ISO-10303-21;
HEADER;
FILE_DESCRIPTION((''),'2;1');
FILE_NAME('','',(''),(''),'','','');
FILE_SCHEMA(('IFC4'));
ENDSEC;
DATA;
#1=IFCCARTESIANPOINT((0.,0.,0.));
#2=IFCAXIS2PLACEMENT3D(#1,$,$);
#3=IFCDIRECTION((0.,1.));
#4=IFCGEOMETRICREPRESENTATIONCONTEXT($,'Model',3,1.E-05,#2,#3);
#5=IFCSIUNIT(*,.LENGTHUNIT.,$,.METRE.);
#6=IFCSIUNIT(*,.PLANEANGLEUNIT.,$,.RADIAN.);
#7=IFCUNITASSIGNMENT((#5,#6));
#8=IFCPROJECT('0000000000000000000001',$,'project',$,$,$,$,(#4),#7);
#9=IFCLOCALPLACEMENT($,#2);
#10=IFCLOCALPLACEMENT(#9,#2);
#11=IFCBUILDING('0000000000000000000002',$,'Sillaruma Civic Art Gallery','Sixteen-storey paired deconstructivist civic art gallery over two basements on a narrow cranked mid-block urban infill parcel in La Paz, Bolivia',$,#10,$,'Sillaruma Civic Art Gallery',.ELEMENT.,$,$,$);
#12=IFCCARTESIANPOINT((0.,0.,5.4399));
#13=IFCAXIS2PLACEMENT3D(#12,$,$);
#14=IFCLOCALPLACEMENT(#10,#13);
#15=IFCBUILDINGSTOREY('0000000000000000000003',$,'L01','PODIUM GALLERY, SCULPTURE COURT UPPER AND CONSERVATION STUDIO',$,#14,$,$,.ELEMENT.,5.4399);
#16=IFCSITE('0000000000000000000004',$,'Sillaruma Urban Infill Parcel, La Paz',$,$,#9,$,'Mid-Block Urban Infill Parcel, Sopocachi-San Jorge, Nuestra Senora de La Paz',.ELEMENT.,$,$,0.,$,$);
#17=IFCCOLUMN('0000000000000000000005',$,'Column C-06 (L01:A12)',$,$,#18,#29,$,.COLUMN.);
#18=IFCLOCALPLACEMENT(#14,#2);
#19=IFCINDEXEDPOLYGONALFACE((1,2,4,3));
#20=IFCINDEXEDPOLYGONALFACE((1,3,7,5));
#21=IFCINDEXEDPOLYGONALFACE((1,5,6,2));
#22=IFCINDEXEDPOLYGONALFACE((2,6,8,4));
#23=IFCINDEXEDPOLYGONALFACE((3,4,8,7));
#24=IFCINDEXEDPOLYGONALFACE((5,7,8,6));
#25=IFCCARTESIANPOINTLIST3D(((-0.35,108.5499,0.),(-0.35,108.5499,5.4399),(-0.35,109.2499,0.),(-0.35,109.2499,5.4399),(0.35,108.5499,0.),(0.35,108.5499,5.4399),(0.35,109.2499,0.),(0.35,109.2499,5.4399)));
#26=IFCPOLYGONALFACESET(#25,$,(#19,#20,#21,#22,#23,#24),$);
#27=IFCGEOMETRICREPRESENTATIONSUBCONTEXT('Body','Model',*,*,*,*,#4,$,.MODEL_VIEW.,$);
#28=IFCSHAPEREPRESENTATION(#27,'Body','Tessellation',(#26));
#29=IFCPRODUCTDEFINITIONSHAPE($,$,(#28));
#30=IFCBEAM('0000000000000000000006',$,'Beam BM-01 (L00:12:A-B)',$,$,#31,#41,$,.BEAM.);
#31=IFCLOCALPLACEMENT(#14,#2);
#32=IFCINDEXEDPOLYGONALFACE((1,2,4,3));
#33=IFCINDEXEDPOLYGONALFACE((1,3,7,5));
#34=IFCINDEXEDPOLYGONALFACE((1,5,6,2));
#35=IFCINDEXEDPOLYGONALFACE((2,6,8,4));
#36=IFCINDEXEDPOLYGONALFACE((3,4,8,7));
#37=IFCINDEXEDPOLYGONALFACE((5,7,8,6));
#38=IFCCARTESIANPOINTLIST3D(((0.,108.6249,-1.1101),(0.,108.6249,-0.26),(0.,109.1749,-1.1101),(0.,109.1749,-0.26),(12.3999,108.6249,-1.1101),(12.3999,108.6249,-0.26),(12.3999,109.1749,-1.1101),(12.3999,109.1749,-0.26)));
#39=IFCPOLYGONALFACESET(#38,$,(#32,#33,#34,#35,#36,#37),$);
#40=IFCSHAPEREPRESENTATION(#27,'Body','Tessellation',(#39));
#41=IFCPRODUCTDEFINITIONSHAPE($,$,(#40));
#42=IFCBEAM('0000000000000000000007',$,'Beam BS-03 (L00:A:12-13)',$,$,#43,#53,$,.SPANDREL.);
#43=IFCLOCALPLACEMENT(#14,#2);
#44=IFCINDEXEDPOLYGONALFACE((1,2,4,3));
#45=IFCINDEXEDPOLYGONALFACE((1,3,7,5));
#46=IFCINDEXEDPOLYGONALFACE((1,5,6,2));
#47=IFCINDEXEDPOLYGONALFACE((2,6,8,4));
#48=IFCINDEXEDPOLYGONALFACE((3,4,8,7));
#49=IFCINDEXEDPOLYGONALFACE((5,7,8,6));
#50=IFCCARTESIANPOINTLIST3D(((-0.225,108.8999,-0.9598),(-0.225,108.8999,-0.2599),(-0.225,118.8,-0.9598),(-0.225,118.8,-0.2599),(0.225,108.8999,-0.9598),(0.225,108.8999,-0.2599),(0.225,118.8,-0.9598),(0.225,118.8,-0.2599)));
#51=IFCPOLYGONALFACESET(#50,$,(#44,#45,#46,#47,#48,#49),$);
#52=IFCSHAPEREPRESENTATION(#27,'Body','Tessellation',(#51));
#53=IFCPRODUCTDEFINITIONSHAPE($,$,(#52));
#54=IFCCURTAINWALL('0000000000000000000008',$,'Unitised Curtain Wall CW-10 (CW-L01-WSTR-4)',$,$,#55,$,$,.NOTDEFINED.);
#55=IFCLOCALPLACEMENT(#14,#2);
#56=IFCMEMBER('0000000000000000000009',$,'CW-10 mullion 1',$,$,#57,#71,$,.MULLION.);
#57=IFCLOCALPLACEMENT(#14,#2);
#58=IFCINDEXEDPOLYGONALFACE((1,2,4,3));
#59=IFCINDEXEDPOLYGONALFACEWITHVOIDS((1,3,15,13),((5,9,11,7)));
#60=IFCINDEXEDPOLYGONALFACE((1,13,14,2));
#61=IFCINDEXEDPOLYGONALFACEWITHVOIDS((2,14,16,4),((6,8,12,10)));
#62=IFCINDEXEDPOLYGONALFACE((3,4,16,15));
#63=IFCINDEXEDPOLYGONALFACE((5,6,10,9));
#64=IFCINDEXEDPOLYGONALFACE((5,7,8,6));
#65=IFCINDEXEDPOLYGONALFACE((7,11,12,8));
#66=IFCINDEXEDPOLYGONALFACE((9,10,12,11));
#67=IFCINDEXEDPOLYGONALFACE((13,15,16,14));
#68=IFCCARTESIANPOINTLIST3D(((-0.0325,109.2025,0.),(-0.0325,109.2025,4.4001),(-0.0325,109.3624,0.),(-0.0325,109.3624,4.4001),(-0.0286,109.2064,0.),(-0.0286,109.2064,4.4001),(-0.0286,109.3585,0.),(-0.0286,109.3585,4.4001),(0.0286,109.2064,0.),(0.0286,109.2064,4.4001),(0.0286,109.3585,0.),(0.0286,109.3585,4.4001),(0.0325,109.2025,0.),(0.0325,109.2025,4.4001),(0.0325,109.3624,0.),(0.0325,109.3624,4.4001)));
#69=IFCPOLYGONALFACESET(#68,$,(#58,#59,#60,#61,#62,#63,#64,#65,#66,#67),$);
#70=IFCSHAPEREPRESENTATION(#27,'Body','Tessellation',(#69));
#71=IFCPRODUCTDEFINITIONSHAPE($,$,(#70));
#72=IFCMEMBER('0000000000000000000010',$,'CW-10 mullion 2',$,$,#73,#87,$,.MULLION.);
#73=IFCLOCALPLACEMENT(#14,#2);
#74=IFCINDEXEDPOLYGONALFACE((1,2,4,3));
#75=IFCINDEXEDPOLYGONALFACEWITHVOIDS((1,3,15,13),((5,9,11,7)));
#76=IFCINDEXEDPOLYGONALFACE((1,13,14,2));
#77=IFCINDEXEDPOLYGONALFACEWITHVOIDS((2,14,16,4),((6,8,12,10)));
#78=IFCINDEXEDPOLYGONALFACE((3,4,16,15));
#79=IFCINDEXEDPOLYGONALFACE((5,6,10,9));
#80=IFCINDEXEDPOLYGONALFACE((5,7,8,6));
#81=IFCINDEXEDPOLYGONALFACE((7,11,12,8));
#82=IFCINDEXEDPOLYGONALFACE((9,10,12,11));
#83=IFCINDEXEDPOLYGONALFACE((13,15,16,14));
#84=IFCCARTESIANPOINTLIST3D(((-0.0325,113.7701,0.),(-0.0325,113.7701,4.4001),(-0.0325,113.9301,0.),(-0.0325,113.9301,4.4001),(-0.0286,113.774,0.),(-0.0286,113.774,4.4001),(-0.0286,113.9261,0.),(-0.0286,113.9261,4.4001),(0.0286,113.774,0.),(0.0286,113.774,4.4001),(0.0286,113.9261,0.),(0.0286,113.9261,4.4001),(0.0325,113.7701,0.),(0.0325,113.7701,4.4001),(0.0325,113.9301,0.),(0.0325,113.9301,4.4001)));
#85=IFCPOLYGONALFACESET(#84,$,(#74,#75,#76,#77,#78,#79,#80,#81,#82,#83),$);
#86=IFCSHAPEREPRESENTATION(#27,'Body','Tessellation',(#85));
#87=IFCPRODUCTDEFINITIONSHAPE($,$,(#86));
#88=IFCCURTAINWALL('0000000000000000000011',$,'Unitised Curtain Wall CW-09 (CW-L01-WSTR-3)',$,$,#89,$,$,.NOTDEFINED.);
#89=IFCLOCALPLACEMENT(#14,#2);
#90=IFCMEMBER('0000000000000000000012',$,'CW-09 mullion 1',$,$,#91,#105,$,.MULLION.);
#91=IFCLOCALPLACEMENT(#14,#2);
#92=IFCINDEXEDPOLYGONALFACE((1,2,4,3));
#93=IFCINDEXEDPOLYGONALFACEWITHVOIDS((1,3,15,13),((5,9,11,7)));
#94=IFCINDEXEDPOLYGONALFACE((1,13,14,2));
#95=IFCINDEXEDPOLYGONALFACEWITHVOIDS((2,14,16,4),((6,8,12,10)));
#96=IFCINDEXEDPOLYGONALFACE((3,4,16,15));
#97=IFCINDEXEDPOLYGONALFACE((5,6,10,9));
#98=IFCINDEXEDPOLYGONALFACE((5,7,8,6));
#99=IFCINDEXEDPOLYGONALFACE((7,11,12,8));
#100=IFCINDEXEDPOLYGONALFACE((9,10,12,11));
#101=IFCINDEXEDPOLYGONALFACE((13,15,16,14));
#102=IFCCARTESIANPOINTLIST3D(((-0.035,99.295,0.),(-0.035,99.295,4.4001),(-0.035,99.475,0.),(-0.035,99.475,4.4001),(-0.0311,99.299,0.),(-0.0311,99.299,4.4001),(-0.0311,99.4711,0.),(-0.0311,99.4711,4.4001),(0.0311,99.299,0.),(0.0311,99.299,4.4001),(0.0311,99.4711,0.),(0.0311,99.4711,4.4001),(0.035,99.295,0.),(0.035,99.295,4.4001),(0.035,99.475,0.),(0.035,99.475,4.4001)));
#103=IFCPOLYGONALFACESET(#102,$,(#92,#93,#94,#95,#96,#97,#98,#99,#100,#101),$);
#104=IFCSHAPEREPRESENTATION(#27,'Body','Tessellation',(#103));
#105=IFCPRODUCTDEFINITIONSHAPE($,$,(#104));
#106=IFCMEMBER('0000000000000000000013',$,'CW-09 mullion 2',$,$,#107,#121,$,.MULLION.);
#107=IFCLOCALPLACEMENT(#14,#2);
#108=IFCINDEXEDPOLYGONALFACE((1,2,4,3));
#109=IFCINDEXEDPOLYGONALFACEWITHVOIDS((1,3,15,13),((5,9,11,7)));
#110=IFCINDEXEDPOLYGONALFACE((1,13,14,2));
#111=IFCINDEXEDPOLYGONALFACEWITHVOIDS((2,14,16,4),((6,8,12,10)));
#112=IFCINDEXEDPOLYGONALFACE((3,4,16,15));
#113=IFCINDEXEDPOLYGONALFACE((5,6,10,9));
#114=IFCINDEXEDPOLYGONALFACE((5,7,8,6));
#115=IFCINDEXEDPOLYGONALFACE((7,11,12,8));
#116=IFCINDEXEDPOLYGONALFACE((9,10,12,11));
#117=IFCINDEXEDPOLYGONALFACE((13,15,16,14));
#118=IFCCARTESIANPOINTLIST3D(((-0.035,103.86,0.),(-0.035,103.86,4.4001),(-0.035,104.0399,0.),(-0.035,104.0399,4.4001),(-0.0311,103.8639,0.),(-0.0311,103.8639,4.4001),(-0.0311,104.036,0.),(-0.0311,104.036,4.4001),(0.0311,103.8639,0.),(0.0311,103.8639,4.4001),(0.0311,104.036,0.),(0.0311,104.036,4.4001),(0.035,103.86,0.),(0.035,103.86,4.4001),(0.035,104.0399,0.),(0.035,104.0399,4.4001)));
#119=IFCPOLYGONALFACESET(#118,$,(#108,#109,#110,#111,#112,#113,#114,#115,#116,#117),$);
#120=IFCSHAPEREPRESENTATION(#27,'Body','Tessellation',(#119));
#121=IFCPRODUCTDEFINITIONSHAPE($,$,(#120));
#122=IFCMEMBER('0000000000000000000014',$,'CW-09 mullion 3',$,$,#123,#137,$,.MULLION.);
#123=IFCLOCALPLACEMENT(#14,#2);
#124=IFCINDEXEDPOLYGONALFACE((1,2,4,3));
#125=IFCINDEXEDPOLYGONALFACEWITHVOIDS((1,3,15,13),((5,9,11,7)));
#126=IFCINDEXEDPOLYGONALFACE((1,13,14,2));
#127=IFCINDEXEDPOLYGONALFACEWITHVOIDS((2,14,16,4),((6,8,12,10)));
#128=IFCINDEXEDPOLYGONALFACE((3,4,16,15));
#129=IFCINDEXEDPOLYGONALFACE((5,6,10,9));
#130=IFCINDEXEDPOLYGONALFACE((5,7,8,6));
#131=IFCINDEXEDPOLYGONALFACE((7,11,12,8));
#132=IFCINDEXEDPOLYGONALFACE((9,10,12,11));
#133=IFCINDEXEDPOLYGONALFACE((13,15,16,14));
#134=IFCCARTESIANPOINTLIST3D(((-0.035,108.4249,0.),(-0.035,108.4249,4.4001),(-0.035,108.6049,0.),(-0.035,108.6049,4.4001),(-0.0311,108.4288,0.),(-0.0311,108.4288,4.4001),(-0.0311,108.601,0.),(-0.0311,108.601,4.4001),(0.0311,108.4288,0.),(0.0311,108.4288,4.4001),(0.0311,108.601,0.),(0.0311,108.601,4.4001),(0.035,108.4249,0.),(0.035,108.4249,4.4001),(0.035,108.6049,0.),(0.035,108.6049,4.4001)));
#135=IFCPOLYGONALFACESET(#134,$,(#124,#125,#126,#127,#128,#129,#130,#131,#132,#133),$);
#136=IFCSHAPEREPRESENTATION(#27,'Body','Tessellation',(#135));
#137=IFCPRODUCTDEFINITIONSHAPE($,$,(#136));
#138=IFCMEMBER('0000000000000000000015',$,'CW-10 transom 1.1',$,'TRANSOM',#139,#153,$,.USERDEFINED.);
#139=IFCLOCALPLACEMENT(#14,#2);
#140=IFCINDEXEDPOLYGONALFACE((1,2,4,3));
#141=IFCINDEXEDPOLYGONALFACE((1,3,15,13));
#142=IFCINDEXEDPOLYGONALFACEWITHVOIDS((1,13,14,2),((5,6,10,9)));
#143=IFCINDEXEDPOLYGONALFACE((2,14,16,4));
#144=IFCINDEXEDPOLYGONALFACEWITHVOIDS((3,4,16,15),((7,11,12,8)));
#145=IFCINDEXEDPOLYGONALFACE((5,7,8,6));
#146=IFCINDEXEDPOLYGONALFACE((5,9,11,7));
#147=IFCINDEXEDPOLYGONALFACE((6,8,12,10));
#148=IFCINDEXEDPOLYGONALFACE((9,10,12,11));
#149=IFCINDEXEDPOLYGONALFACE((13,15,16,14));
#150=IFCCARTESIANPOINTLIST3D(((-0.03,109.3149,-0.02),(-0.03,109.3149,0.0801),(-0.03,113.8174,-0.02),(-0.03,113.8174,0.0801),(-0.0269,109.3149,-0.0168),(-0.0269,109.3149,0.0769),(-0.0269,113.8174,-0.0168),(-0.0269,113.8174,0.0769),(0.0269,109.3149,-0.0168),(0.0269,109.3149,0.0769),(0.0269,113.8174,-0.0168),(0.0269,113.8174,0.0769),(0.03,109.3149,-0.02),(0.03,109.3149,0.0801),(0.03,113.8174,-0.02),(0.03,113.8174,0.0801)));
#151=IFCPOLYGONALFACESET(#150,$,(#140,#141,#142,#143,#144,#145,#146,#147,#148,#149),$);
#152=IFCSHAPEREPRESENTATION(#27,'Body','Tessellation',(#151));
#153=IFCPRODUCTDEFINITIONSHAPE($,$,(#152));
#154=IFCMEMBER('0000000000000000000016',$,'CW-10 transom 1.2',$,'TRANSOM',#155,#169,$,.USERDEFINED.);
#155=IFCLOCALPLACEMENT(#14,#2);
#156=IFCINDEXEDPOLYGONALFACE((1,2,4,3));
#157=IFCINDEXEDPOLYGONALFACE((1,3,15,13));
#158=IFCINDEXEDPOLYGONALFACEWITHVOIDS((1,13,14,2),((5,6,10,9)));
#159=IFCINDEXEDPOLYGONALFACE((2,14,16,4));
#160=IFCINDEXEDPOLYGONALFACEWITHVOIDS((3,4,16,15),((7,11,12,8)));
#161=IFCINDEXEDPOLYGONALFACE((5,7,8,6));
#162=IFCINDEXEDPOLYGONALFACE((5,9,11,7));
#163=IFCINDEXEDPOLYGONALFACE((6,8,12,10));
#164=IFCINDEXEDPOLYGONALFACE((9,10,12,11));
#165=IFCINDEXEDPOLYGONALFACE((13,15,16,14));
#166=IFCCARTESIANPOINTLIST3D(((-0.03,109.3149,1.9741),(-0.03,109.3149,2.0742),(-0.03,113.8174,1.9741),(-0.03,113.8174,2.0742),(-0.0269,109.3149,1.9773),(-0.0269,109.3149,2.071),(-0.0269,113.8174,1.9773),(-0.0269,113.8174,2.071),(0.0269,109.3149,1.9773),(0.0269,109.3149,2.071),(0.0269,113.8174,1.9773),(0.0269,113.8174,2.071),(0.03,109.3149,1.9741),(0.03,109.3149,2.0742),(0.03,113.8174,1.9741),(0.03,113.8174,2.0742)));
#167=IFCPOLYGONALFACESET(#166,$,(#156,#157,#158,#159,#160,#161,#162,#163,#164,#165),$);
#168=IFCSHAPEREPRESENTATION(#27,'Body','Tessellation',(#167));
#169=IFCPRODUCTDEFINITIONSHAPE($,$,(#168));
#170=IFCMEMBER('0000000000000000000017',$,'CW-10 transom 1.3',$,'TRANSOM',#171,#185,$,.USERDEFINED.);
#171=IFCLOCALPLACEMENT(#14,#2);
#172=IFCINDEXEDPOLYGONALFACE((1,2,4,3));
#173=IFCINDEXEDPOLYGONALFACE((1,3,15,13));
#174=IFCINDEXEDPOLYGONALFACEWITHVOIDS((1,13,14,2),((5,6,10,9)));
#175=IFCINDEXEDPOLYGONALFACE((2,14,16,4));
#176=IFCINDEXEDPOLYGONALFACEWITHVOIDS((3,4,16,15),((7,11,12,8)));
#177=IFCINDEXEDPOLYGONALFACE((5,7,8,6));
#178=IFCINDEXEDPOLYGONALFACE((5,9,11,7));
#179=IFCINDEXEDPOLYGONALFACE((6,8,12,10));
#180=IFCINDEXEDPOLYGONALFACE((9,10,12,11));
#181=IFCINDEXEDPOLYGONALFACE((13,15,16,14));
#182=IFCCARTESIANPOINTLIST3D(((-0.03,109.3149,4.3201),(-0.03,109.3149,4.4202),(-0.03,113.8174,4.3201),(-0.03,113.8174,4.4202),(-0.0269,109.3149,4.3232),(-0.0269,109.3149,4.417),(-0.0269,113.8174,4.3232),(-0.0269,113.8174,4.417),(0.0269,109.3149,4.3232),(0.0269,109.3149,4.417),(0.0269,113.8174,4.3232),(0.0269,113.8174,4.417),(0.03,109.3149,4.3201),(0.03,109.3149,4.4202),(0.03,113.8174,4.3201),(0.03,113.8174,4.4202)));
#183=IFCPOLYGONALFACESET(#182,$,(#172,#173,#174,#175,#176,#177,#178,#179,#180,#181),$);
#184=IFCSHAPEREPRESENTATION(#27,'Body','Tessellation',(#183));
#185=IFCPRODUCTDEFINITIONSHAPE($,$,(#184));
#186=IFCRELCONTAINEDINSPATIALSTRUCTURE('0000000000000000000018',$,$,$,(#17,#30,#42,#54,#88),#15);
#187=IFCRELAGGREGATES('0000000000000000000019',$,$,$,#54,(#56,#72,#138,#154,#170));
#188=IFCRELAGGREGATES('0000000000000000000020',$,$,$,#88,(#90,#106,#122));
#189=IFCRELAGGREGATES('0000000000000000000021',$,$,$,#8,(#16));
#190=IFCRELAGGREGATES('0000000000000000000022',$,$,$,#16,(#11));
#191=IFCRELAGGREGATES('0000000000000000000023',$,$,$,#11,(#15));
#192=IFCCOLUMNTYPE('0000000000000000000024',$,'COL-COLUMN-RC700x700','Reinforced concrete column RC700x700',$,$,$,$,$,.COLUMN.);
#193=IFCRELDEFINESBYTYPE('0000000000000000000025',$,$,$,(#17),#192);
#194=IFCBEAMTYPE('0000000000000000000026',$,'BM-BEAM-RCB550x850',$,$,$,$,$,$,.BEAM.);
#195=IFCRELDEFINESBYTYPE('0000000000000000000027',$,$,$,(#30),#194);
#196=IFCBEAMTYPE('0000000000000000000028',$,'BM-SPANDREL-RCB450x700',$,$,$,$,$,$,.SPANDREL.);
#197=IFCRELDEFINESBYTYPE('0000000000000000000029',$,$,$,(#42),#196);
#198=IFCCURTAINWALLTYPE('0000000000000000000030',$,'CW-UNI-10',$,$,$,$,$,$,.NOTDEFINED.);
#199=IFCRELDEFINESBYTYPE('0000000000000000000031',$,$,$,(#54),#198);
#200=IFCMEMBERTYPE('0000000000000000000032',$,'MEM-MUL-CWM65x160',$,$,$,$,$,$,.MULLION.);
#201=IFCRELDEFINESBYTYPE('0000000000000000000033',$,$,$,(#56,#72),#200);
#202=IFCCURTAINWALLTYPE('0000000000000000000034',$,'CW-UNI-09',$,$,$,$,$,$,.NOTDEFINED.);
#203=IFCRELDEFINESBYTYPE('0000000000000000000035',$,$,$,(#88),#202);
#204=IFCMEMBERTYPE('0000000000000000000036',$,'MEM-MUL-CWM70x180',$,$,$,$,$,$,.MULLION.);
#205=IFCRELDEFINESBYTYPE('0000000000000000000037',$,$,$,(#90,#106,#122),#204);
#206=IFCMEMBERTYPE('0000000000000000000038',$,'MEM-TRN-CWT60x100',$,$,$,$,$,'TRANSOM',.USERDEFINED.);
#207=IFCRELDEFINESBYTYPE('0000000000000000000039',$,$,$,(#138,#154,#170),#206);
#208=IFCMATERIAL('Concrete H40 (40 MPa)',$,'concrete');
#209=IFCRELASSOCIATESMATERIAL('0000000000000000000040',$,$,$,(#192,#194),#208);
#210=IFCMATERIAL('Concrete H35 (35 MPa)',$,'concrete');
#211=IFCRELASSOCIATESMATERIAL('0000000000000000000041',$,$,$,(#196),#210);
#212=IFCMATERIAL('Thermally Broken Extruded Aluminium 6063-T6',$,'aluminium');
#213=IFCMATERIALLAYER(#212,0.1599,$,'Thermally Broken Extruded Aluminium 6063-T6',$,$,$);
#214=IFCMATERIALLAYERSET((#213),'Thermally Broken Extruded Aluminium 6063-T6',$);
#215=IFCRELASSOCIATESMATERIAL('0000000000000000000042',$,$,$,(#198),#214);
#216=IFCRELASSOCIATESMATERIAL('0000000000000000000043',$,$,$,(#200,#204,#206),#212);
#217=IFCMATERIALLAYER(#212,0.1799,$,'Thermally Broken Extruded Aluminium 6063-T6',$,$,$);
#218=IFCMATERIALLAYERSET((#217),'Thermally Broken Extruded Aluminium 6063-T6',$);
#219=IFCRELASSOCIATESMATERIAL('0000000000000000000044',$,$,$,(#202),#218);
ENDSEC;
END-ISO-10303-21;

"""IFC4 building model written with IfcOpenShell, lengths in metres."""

from ifc_helpers import new_model, si_unit, direction, frame, origin, origin_2d, place, context, subcontext, project, spatial, rectangle, hollow_rectangle, extrude, material, layer, layer_set, material_profile, profile_set, type_object, element, aggregate, save


model = new_model("IFC4")

# Units and contexts
model_context = context("Model", 3, precision=1e-05, world=origin(), true_north=direction((0.0, 1.0)))
body_context = subcontext(model_context, "Body", "Model", "MODEL_VIEW")
ifc_project = project(units=[si_unit("LENGTHUNIT", "METRE"), si_unit("PLANEANGLEUNIT", "RADIAN")], contexts=[model_context])

# Site, building, storey
site_placement = place(None, origin())
site = spatial("IfcSite", under=ifc_project, at=site_placement, Name="Sillaruma Urban Infill Parcel, La Paz", LongName="Mid-Block Urban Infill Parcel, Sopocachi-San Jorge, Nuestra Senora de La Paz", CompositionType="ELEMENT", RefElevation=0.0)
building_placement = place(site_placement, origin())
building = spatial("IfcBuilding", under=site, at=building_placement, Name="Sillaruma Civic Art Gallery", Description="Sixteen-storey paired deconstructivist civic art gallery over two basements on a narrow cranked mid-block urban infill parcel in La Paz, Bolivia", LongName="Sillaruma Civic Art Gallery", CompositionType="ELEMENT")
storey_placement = place(building_placement, frame((0.0, 0.0, 5.4399)))
storey = spatial("IfcBuildingStorey", under=building, at=storey_placement, Name="L01", Description="PODIUM GALLERY, SCULPTURE COURT UPPER AND CONSERVATION STUDIO", CompositionType="ELEMENT", Elevation=5.4399)

# Column
ifc_material_1 = material(Name="Concrete H40 (40 MPa)", Category="concrete")
ifc_material_profile_1 = material_profile(ifc_material_1, rectangle(XDim=0.7, YDim=0.7, at=origin_2d()), Name="RC700x700")
ifc_profile_set_1 = profile_set([ifc_material_profile_1], Name="Concrete H40 (40 MPa)")
column_type = type_object("IfcColumnType", Name="COL-COLUMN-RC700x700", Description="Reinforced concrete column RC700x700", PredefinedType="COLUMN", material=ifc_profile_set_1)
column_placement = place(storey_placement, frame((0.0, 108.8999, 0.0), z_axis=(0.0, 0.0, 1.0), x_axis=(1.0, 0.0, 0.0)))
element("IfcColumn", 1, at=column_placement, inside=storey, type_object=column_type, Name="Column C-06 (L01:A12)", PredefinedType="COLUMN", context=body_context, shape_type="SweptSolid", body=[
    extrude(rectangle(XDim=0.7, YDim=0.7, at=origin_2d()), origin(), (0.0, 0.0, 1.0), 5.4399),
])

# Beams
ifc_material_profile_2 = material_profile(ifc_material_1, rectangle(XDim=0.55, YDim=0.8501, at=origin_2d()), Name="RCB550x850")
ifc_profile_set_2 = profile_set([ifc_material_profile_2], Name="Concrete H40 (40 MPa)")
beam_type_1 = type_object("IfcBeamType", Name="BM-BEAM-RCB550x850", PredefinedType="BEAM", material=ifc_profile_set_2)
beam_1_placement = place(storey_placement, frame((0.0, 108.8999, -0.6851), z_axis=(1.0, 0.0, 0.0), x_axis=(0.0, 1.0, 0.0)))
element("IfcBeam", 2, at=beam_1_placement, inside=storey, type_object=beam_type_1, Name="Beam BM-01 (L00:12:A-B)", PredefinedType="BEAM", context=body_context, shape_type="SweptSolid", body=[
    extrude(rectangle(XDim=0.55, YDim=0.8501, at=origin_2d()), origin(), (0.0, 0.0, 1.0), 12.3999),
])
ifc_material_2 = material(Name="Concrete H35 (35 MPa)", Category="concrete")
ifc_material_profile_3 = material_profile(ifc_material_2, rectangle(XDim=0.45, YDim=0.7, at=origin_2d()), Name="RCB450x700")
ifc_profile_set_3 = profile_set([ifc_material_profile_3], Name="Concrete H35 (35 MPa)")
beam_type_2 = type_object("IfcBeamType", Name="BM-SPANDREL-RCB450x700", PredefinedType="SPANDREL", material=ifc_profile_set_3)
beam_2_placement = place(storey_placement, frame((0.0, 108.8999, -0.6099), z_axis=(0.0, 1.0, 0.0), x_axis=(-1.0, 0.0, 0.0)))
element("IfcBeam", 3, at=beam_2_placement, inside=storey, type_object=beam_type_2, Name="Beam BS-03 (L00:A:12-13)", PredefinedType="SPANDREL", context=body_context, shape_type="SweptSolid", body=[
    extrude(rectangle(XDim=0.45, YDim=0.7, at=origin_2d()), origin(), (0.0, 0.0, 1.0), 9.9001),
])

# Curtain walls, members
ifc_material_3 = material(Name="Thermally Broken Extruded Aluminium 6063-T6", Category="aluminium")
ifc_layer_1 = layer(ifc_material_3, 0.1599, Name="Thermally Broken Extruded Aluminium 6063-T6")
ifc_layer_set_1 = layer_set([ifc_layer_1], Name="Thermally Broken Extruded Aluminium 6063-T6")
curtain_wall_type_1 = type_object("IfcCurtainWallType", Name="CW-UNI-10", PredefinedType="NOTDEFINED", material=ifc_layer_set_1)
curtain_wall_1_placement = place(storey_placement, origin())
curtain_wall_1 = element("IfcCurtainWall", 4, at=curtain_wall_1_placement, inside=storey, type_object=curtain_wall_type_1, Name="Unitised Curtain Wall CW-10 (CW-L01-WSTR-4)", PredefinedType="NOTDEFINED")
ifc_material_profile_4 = material_profile(ifc_material_3, hollow_rectangle(XDim=0.0649, YDim=0.1599, WallThickness=0.0039, at=origin_2d()), Name="CWM65x160")
ifc_profile_set_4 = profile_set([ifc_material_profile_4], Name="Thermally Broken Extruded Aluminium 6063-T6")
member_type_1 = type_object("IfcMemberType", Name="MEM-MUL-CWM65x160", PredefinedType="MULLION", material=ifc_profile_set_4)
member_1_placement = place(storey_placement, frame((0.0, 109.2825, 0.0), z_axis=(0.0, 0.0, 1.0), x_axis=(-1.0, 0.0, 0.0)))
member_1 = element("IfcMember", 5, at=member_1_placement, type_object=member_type_1, Name="CW-10 mullion 1", PredefinedType="MULLION", context=body_context, shape_type="SweptSolid", body=[
    extrude(hollow_rectangle(XDim=0.0649, YDim=0.1599, WallThickness=0.0039, at=origin_2d()), origin(), (0.0, 0.0, 1.0), 4.4001),
])
member_2_placement = place(storey_placement, frame((0.0, 113.8501, 0.0), z_axis=(0.0, 0.0, 1.0), x_axis=(-1.0, 0.0, 0.0)))
member_2 = element("IfcMember", 6, at=member_2_placement, type_object=member_type_1, Name="CW-10 mullion 2", PredefinedType="MULLION", context=body_context, shape_type="SweptSolid", body=[
    extrude(hollow_rectangle(XDim=0.0649, YDim=0.1599, WallThickness=0.0039, at=origin_2d()), origin(), (0.0, 0.0, 1.0), 4.4001),
])
ifc_layer_2 = layer(ifc_material_3, 0.1799, Name="Thermally Broken Extruded Aluminium 6063-T6")
ifc_layer_set_2 = layer_set([ifc_layer_2], Name="Thermally Broken Extruded Aluminium 6063-T6")
curtain_wall_type_2 = type_object("IfcCurtainWallType", Name="CW-UNI-09", PredefinedType="NOTDEFINED", material=ifc_layer_set_2)
curtain_wall_2_placement = place(storey_placement, origin())
curtain_wall_2 = element("IfcCurtainWall", 7, at=curtain_wall_2_placement, inside=storey, type_object=curtain_wall_type_2, Name="Unitised Curtain Wall CW-09 (CW-L01-WSTR-3)", PredefinedType="NOTDEFINED")
ifc_material_profile_5 = material_profile(ifc_material_3, hollow_rectangle(XDim=0.0701, YDim=0.1799, WallThickness=0.0039, at=origin_2d()), Name="CWM70x180")
ifc_profile_set_5 = profile_set([ifc_material_profile_5], Name="Thermally Broken Extruded Aluminium 6063-T6")
member_type_2 = type_object("IfcMemberType", Name="MEM-MUL-CWM70x180", PredefinedType="MULLION", material=ifc_profile_set_5)
member_3_placement = place(storey_placement, frame((0.0, 99.385, 0.0), z_axis=(0.0, 0.0, 1.0), x_axis=(-1.0, 0.0, 0.0)))
member_3 = element("IfcMember", 8, at=member_3_placement, type_object=member_type_2, Name="CW-09 mullion 1", PredefinedType="MULLION", context=body_context, shape_type="SweptSolid", body=[
    extrude(hollow_rectangle(XDim=0.0701, YDim=0.1799, WallThickness=0.0039, at=origin_2d()), origin(), (0.0, 0.0, 1.0), 4.4001),
])
member_4_placement = place(storey_placement, frame((0.0, 103.95, 0.0), z_axis=(0.0, 0.0, 1.0), x_axis=(-1.0, 0.0, 0.0)))
member_4 = element("IfcMember", 9, at=member_4_placement, type_object=member_type_2, Name="CW-09 mullion 2", PredefinedType="MULLION", context=body_context, shape_type="SweptSolid", body=[
    extrude(hollow_rectangle(XDim=0.0701, YDim=0.1799, WallThickness=0.0039, at=origin_2d()), origin(), (0.0, 0.0, 1.0), 4.4001),
])
member_5_placement = place(storey_placement, frame((0.0, 108.5149, 0.0), z_axis=(0.0, 0.0, 1.0), x_axis=(-1.0, 0.0, 0.0)))
member_5 = element("IfcMember", 10, at=member_5_placement, type_object=member_type_2, Name="CW-09 mullion 3", PredefinedType="MULLION", context=body_context, shape_type="SweptSolid", body=[
    extrude(hollow_rectangle(XDim=0.0701, YDim=0.1799, WallThickness=0.0039, at=origin_2d()), origin(), (0.0, 0.0, 1.0), 4.4001),
])

# Members
ifc_material_profile_6 = material_profile(ifc_material_3, hollow_rectangle(XDim=0.0601, YDim=0.1001, WallThickness=0.0032, at=origin_2d()), Name="CWT60x100")
ifc_profile_set_6 = profile_set([ifc_material_profile_6], Name="Thermally Broken Extruded Aluminium 6063-T6")
member_type_3 = type_object("IfcMemberType", Name="MEM-TRN-CWT60x100", ElementType="TRANSOM", PredefinedType="USERDEFINED", material=ifc_profile_set_6)
member_6_placement = place(storey_placement, frame((0.0, 109.3149, 0.03), z_axis=(0.0, 1.0, 0.0), x_axis=(-1.0, 0.0, 0.0)))
member_6 = element("IfcMember", 11, at=member_6_placement, type_object=member_type_3, Name="CW-10 transom 1.1", ObjectType="TRANSOM", PredefinedType="USERDEFINED", context=body_context, shape_type="SweptSolid", body=[
    extrude(hollow_rectangle(XDim=0.0601, YDim=0.1001, WallThickness=0.0032, at=origin_2d()), origin(), (0.0, 0.0, 1.0), 4.5024),
])
member_7_placement = place(storey_placement, frame((0.0, 109.3149, 2.0242), z_axis=(0.0, 1.0, 0.0), x_axis=(-1.0, 0.0, 0.0)))
member_7 = element("IfcMember", 12, at=member_7_placement, type_object=member_type_3, Name="CW-10 transom 1.2", ObjectType="TRANSOM", PredefinedType="USERDEFINED", context=body_context, shape_type="SweptSolid", body=[
    extrude(hollow_rectangle(XDim=0.0601, YDim=0.1001, WallThickness=0.0032, at=origin_2d()), origin(), (0.0, 0.0, 1.0), 4.5024),
])
member_8_placement = place(storey_placement, frame((0.0, 109.3149, 4.3701), z_axis=(0.0, 1.0, 0.0), x_axis=(-1.0, 0.0, 0.0)))
member_8 = element("IfcMember", 13, at=member_8_placement, type_object=member_type_3, Name="CW-10 transom 1.3", ObjectType="TRANSOM", PredefinedType="USERDEFINED", context=body_context, shape_type="SweptSolid", body=[
    extrude(hollow_rectangle(XDim=0.0601, YDim=0.1001, WallThickness=0.0032, at=origin_2d()), origin(), (0.0, 0.0, 1.0), 4.5024),
])

aggregate(curtain_wall_1, [member_1, member_2, member_6, member_7, member_8])
aggregate(curtain_wall_2, [member_3, member_4, member_5])

save(model, "model.ifc")
